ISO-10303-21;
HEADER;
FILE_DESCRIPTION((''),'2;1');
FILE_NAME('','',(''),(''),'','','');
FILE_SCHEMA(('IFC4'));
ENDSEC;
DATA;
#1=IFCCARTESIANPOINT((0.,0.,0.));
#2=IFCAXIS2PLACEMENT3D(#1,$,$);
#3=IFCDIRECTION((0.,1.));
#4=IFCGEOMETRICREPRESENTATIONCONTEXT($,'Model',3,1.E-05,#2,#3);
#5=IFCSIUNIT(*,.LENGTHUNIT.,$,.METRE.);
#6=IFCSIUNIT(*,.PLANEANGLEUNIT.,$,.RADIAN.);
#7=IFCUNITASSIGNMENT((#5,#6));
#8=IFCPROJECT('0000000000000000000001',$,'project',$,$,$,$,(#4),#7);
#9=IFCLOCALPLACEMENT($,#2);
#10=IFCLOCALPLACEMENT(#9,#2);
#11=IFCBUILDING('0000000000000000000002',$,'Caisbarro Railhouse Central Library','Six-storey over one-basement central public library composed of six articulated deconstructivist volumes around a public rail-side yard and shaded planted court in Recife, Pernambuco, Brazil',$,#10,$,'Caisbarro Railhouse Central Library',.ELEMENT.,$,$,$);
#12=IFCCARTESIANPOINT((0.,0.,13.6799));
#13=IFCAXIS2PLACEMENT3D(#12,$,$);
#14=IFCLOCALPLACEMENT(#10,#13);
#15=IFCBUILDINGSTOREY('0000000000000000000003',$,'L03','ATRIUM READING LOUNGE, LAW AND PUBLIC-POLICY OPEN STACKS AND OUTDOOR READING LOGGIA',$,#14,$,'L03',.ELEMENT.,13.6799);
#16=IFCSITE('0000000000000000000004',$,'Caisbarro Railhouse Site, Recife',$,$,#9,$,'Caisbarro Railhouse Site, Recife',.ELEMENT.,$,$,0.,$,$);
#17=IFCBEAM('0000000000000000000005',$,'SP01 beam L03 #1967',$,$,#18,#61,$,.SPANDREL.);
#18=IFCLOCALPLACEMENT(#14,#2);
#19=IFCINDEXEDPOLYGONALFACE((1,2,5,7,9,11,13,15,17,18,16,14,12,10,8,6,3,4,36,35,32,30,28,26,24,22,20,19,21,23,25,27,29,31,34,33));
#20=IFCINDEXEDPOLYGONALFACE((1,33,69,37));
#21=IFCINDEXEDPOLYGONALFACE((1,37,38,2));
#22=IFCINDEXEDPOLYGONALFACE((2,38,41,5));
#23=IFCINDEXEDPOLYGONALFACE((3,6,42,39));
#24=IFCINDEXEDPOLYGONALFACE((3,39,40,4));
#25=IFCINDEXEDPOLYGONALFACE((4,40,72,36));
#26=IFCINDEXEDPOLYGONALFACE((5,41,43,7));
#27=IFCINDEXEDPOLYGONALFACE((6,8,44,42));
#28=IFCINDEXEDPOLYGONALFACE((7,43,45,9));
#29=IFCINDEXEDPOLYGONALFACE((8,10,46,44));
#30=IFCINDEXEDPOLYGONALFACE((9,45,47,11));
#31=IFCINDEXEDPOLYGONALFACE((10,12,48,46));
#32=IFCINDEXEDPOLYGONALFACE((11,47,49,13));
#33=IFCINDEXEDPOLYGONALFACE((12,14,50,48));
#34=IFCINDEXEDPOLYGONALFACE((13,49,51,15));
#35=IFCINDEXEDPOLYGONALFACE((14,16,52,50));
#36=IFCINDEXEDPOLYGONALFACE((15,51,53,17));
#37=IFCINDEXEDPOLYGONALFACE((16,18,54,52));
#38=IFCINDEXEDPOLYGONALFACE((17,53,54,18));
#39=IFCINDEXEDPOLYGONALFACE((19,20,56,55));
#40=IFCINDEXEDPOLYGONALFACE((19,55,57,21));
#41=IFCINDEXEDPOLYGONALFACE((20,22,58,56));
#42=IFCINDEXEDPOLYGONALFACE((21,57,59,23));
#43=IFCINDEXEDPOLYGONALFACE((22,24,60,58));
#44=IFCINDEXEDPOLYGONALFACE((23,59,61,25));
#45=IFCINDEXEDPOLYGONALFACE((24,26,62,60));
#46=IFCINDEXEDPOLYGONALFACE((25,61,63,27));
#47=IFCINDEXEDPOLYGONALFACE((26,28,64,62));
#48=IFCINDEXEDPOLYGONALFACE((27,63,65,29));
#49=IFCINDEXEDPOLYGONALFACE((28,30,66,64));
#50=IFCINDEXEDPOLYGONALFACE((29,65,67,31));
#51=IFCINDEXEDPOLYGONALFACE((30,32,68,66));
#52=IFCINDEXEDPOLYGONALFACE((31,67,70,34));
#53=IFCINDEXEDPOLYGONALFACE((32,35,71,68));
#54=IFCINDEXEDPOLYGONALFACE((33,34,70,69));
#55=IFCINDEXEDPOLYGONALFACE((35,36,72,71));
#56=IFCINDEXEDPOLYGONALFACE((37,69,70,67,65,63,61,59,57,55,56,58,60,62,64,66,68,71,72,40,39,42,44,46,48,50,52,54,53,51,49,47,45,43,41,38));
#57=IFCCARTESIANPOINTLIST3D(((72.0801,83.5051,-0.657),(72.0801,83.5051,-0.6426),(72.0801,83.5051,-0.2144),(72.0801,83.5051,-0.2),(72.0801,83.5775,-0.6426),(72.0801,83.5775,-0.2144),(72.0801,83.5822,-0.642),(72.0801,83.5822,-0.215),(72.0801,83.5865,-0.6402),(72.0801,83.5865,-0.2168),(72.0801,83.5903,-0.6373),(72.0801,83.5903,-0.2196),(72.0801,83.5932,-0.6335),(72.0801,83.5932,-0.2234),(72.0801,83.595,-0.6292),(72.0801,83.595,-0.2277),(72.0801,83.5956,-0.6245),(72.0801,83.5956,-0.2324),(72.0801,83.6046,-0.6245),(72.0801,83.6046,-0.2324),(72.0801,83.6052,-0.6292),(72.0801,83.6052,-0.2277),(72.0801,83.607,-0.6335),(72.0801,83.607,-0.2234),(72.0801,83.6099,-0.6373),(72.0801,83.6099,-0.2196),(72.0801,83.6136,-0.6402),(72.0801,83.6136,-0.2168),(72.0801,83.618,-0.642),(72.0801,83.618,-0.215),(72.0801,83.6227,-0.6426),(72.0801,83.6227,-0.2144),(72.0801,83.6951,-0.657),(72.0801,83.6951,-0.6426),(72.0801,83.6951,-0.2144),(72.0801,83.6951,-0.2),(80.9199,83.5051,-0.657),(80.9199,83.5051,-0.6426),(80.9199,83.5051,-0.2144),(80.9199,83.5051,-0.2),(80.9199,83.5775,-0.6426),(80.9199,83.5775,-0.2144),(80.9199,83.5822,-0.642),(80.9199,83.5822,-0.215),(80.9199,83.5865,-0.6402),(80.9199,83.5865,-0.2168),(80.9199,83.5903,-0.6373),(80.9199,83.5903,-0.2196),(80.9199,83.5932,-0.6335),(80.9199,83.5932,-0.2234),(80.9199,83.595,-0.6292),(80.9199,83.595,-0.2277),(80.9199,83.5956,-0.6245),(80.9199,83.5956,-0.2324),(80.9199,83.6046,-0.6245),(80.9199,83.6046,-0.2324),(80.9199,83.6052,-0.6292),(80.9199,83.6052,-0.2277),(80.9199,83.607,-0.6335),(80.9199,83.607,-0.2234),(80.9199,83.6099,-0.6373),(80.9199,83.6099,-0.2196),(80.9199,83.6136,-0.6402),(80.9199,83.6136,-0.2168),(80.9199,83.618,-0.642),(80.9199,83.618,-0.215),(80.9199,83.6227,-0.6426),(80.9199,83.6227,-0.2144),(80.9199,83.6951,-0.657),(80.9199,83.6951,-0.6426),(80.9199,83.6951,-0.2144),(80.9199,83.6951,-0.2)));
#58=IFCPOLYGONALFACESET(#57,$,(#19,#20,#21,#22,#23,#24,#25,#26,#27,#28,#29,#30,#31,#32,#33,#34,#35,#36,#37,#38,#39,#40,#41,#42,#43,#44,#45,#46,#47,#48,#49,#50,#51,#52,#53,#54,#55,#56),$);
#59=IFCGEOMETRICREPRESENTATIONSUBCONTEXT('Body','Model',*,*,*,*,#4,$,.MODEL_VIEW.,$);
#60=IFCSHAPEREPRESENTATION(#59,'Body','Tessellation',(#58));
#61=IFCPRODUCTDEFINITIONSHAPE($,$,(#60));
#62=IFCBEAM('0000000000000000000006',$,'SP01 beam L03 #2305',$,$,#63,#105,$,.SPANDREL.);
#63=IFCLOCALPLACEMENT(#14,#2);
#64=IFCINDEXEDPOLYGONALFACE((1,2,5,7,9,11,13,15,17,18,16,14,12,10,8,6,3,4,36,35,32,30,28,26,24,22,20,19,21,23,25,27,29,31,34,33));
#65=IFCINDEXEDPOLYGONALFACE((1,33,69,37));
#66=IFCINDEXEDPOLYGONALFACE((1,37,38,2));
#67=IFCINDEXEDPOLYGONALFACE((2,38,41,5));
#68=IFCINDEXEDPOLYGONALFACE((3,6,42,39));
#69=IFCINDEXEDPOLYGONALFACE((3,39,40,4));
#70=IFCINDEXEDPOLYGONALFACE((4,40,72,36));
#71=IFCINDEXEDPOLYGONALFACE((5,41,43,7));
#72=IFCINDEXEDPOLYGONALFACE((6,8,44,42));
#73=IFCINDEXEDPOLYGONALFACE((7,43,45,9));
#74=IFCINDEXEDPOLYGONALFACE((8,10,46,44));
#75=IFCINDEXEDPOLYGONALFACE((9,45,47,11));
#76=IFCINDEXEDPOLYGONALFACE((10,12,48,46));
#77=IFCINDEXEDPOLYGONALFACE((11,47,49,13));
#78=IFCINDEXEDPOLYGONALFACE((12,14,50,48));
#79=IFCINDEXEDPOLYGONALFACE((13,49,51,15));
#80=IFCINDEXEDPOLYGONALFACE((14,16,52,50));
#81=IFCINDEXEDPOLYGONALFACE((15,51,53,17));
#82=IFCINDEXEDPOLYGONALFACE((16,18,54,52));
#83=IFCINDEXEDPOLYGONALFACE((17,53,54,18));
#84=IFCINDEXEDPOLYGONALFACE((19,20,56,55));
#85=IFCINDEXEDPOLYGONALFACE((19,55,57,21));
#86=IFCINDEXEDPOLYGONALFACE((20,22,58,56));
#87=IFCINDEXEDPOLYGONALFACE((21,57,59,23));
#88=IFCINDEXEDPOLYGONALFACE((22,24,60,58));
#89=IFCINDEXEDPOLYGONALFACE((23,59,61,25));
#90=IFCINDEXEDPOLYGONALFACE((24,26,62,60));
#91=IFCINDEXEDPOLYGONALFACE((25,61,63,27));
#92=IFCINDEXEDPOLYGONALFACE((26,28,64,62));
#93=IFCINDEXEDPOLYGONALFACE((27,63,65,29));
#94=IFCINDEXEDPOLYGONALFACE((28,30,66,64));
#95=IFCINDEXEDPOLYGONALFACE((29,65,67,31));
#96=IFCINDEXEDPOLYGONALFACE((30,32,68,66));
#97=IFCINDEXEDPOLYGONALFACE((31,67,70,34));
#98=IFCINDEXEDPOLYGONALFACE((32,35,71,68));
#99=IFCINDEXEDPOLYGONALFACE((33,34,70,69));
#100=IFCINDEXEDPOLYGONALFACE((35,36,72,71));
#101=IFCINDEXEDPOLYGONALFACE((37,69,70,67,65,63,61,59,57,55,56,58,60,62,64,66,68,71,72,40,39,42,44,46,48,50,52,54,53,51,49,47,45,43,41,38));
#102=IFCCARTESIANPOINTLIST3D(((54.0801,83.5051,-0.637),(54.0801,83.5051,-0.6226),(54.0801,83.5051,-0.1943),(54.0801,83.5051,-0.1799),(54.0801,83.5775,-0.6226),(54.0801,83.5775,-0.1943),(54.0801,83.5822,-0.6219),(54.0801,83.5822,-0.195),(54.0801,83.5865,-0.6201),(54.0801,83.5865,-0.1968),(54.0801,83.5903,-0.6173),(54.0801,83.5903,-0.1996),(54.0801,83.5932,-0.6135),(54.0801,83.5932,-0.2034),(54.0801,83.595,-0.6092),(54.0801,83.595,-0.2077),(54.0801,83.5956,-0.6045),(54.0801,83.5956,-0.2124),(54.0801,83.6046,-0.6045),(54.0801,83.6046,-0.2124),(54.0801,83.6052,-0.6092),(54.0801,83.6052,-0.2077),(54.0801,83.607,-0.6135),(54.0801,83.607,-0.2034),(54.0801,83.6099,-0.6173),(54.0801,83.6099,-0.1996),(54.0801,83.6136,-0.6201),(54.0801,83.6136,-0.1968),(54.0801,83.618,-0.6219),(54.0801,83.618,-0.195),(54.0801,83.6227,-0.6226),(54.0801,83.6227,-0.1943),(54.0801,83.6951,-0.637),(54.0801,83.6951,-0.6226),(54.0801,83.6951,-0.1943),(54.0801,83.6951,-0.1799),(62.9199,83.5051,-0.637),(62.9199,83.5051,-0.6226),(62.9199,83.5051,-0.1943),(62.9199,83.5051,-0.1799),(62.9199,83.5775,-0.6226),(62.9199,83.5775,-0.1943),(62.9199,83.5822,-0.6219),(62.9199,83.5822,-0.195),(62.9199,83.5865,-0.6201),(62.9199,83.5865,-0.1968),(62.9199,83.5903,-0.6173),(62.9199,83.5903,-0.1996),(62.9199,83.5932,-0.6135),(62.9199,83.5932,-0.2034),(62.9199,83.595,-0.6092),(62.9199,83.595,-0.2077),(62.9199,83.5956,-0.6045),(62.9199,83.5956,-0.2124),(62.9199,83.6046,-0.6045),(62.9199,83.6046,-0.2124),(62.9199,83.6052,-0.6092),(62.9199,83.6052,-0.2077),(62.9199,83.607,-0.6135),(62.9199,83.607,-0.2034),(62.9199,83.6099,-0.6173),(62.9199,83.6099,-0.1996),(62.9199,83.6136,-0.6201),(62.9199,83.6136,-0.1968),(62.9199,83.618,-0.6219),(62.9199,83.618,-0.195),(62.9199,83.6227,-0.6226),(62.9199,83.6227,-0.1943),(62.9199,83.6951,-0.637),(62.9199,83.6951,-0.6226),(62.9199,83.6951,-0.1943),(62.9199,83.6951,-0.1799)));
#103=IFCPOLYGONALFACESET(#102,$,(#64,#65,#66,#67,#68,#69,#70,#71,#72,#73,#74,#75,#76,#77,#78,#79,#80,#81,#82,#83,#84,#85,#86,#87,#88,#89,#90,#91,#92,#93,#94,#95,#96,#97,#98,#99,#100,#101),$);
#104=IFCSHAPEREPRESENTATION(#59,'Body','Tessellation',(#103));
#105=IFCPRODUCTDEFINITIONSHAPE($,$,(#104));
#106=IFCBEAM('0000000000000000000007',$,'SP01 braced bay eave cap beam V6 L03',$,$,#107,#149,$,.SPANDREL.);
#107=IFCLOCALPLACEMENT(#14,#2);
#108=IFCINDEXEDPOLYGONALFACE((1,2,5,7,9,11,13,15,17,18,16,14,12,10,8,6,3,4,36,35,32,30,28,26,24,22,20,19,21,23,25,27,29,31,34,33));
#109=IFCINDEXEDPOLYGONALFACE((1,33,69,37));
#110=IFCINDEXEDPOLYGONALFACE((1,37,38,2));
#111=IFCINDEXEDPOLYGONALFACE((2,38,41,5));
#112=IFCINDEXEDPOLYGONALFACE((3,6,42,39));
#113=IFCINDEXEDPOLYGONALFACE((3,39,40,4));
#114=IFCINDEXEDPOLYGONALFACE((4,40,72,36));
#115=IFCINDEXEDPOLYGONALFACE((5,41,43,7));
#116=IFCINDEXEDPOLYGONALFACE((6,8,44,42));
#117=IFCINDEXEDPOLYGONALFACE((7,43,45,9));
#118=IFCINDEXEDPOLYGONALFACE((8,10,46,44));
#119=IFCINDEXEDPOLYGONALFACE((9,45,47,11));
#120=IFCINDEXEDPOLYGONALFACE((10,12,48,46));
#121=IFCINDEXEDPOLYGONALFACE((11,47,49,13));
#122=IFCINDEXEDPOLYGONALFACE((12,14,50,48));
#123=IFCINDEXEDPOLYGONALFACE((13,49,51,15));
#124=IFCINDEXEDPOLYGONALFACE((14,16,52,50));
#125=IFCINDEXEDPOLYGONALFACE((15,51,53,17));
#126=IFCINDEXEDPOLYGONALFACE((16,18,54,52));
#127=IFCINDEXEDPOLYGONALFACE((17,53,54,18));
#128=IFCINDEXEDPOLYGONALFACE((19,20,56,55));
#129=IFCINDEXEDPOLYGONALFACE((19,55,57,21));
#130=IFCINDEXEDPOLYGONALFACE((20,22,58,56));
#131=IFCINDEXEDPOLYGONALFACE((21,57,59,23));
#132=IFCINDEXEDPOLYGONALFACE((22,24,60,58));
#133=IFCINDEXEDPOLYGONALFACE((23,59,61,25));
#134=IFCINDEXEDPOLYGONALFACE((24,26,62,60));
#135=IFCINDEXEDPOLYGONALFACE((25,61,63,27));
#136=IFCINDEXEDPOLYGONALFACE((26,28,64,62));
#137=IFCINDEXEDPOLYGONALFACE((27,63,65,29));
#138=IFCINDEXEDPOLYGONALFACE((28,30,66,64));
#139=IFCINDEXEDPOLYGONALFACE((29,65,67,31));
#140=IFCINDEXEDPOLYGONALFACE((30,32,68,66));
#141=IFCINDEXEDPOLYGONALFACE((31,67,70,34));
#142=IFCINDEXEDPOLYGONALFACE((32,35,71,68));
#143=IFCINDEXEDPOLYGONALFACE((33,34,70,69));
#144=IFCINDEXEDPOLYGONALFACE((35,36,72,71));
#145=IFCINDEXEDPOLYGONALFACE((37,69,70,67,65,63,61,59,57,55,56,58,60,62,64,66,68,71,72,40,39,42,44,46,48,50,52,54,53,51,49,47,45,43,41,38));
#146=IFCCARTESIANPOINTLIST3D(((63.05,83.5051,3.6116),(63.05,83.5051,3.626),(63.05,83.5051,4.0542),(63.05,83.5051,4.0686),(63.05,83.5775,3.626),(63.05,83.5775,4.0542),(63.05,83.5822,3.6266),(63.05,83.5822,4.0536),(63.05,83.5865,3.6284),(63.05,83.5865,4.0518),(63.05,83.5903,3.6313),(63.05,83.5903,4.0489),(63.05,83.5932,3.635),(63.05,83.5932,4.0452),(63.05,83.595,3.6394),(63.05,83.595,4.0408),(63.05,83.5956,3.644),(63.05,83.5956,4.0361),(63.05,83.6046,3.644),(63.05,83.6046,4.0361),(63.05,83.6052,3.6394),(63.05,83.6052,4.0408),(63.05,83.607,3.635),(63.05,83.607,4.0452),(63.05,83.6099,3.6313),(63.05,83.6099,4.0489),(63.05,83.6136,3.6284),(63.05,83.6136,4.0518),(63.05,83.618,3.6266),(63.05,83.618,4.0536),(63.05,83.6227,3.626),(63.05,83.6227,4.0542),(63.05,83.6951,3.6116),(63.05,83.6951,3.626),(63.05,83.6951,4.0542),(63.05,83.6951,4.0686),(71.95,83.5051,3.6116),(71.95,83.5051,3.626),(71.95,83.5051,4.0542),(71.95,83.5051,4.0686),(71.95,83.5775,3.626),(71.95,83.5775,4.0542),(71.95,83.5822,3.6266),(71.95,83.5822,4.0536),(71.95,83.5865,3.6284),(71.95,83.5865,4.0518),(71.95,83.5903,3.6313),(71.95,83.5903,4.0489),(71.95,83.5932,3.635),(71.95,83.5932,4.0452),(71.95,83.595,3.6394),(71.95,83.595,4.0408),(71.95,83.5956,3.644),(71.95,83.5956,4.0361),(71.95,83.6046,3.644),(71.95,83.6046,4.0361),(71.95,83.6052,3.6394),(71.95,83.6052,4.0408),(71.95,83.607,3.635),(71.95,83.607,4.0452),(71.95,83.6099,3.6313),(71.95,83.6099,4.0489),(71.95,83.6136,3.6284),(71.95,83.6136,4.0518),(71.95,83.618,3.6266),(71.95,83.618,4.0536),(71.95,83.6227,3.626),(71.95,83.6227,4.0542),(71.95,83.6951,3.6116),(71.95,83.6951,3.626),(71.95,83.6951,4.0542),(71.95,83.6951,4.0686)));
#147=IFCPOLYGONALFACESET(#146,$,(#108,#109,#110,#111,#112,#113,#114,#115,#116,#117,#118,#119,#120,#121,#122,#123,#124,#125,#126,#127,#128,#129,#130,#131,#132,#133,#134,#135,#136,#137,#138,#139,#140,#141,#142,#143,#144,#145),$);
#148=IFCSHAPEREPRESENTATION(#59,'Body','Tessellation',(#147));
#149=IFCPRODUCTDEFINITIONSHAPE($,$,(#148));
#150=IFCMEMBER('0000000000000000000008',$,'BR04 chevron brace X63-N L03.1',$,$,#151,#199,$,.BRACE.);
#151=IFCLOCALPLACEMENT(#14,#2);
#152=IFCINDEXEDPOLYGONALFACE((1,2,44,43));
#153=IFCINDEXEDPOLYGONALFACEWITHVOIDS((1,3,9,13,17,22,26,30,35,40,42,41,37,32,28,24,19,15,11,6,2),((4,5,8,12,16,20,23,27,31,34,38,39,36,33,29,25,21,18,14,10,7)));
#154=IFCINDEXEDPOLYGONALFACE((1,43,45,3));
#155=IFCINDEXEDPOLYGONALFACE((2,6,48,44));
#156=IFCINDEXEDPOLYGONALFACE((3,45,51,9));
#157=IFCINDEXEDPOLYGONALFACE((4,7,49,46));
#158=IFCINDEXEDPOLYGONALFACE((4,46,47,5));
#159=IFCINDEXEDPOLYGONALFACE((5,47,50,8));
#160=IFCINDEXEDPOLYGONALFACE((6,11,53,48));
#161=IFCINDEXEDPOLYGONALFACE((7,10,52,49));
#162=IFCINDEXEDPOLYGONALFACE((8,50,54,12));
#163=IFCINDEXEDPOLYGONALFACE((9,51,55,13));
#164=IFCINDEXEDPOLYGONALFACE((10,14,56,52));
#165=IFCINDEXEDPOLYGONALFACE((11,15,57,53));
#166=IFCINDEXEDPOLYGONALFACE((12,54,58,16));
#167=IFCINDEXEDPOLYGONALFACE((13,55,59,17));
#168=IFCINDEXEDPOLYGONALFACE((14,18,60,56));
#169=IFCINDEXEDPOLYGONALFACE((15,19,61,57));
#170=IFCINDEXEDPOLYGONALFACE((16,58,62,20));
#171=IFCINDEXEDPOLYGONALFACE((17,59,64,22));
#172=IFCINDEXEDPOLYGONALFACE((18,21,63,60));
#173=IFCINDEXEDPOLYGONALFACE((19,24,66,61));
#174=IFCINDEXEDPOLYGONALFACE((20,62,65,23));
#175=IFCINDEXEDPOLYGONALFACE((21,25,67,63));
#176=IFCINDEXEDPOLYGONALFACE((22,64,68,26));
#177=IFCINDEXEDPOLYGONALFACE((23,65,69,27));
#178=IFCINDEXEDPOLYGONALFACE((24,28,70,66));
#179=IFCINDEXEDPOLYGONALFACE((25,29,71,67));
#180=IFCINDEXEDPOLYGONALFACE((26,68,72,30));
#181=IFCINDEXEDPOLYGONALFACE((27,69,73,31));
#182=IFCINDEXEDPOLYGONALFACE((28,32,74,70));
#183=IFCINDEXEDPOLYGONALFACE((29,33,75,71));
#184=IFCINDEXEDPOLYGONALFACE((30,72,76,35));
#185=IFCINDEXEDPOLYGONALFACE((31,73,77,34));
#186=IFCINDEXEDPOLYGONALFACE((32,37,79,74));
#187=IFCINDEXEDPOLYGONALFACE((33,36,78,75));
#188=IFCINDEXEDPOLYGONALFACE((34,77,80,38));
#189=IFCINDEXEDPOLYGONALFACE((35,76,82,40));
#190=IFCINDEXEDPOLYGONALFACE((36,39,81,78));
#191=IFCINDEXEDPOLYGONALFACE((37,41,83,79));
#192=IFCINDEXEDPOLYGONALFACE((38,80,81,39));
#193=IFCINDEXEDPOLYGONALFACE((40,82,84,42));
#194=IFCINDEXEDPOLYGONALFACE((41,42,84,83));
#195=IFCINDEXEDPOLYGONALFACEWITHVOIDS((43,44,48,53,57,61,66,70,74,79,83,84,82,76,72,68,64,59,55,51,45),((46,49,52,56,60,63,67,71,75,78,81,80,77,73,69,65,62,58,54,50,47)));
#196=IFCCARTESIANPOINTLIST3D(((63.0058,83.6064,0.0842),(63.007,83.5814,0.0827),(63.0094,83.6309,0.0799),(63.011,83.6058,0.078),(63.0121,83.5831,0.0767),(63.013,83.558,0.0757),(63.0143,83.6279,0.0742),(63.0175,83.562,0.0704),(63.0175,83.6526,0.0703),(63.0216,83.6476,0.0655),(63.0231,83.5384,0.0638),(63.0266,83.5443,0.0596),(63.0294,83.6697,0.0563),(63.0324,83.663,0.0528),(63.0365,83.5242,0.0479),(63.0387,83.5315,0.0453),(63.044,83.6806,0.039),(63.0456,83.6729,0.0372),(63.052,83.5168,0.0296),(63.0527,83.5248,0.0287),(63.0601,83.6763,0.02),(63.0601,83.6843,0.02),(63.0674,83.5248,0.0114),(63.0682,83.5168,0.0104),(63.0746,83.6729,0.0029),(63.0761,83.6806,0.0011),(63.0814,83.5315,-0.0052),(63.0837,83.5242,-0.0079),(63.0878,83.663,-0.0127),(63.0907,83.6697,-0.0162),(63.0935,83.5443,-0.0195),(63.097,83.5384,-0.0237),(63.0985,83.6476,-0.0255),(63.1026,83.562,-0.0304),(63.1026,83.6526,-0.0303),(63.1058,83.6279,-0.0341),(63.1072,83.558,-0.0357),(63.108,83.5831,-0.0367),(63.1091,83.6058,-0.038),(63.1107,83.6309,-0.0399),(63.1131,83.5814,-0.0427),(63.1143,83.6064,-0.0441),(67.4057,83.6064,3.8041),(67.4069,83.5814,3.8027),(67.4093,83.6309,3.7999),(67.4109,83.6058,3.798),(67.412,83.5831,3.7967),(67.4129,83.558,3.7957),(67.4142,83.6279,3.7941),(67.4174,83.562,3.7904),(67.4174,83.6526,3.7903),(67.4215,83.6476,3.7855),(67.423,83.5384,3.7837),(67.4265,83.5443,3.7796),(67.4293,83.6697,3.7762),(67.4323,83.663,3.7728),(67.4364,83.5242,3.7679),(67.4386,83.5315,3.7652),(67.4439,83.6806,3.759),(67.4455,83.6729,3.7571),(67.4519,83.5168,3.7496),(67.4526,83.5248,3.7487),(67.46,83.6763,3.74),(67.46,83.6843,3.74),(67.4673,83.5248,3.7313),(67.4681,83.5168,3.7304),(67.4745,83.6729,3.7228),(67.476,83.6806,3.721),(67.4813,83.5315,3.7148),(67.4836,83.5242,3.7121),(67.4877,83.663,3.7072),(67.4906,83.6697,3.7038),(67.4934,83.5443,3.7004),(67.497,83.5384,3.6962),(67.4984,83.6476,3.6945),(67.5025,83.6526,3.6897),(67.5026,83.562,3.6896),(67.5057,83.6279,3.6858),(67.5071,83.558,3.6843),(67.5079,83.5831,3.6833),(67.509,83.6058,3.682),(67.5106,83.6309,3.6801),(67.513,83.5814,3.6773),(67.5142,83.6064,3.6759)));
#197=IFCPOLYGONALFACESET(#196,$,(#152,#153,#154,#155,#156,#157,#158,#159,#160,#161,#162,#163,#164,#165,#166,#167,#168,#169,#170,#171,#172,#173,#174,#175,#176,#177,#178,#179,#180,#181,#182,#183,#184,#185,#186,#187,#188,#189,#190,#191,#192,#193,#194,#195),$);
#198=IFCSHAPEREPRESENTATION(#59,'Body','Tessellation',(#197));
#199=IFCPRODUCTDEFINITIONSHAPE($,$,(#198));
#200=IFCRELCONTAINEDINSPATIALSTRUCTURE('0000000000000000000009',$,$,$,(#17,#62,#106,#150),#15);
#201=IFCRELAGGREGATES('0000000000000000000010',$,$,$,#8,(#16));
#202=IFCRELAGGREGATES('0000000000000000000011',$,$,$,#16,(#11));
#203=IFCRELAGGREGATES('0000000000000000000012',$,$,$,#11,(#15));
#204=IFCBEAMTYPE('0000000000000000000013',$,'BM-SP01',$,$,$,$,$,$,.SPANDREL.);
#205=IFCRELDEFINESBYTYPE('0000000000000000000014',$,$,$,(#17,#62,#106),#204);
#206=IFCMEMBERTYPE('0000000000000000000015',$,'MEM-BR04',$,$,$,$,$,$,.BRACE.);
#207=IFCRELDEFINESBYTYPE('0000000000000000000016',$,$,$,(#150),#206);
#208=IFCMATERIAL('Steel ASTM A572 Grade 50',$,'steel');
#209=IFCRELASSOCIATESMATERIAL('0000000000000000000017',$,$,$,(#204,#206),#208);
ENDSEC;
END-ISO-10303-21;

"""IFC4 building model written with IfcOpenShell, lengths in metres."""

from ifc_helpers import new_model, si_unit, direction, frame, origin, origin_2d, place, context, subcontext, project, spatial, hollow_circle, i_section, extrude, material, material_profile, profile_set, type_object, element, save


model = new_model("IFC4")

# Units and contexts
model_context = context("Model", 3, precision=1e-05, world=origin(), true_north=direction((0.0, 1.0)))
body_context = subcontext(model_context, "Body", "Model", "MODEL_VIEW")
ifc_project = project(units=[si_unit("LENGTHUNIT", "METRE"), si_unit("PLANEANGLEUNIT", "RADIAN")], contexts=[model_context])

# Site, building, storey
site_placement = place(None, origin())
site = spatial("IfcSite", under=ifc_project, at=site_placement, Name="Caisbarro Railhouse Site, Recife", LongName="Caisbarro Railhouse Site, Recife", CompositionType="ELEMENT", RefElevation=0.0)
building_placement = place(site_placement, origin())
building = spatial("IfcBuilding", under=site, at=building_placement, Name="Caisbarro Railhouse Central Library", Description="Six-storey over one-basement central public library composed of six articulated deconstructivist volumes around a public rail-side yard and shaded planted court in Recife, Pernambuco, Brazil", LongName="Caisbarro Railhouse Central Library", CompositionType="ELEMENT")
storey_placement = place(building_placement, frame((0.0, 0.0, 13.6799)))
storey = spatial("IfcBuildingStorey", under=building, at=storey_placement, Name="L03", Description="ATRIUM READING LOUNGE, LAW AND PUBLIC-POLICY OPEN STACKS AND OUTDOOR READING LOGGIA", LongName="L03", CompositionType="ELEMENT", Elevation=13.6799)

# Shared definitions
ifc_material_1 = material(Name="Steel ASTM A572 Grade 50", Category="steel")

# Beams
ifc_material_profile_1 = material_profile(ifc_material_1, i_section(OverallWidth=0.1899, OverallDepth=0.457, WebThickness=0.009, FlangeThickness=0.0144, FilletRadius=0.0181, at=origin_2d()), Name="W460X74.0")
ifc_profile_set_1 = profile_set([ifc_material_profile_1], Name="Steel ASTM A572 Grade 50")
beam_type_1 = type_object("IfcBeamType", Name="BM-SP01", PredefinedType="SPANDREL", material=ifc_profile_set_1)
for number, where, z_axis, x_axis, name in (
    (1, (72.0801, 83.6001, -0.4285), (1.0, 0.0, 0.0), (0.0, 1.0, 0.0), "SP01 beam L03 #1967"),
    (2, (54.0801, 83.6001, -0.4084), (1.0, 0.0, 0.0), (0.0, 1.0, 0.0), "SP01 beam L03 #2305"),
):
    element("IfcBeam", number, at=place(storey_placement, frame(where, z_axis=z_axis, x_axis=x_axis)), inside=storey, type_object=beam_type_1, Name=name, PredefinedType="SPANDREL", context=body_context, shape_type="SweptSolid", body=[
        extrude(i_section(OverallWidth=0.1899, OverallDepth=0.457, WebThickness=0.009, FlangeThickness=0.0144, FilletRadius=0.0181, at=origin_2d()), origin(), (0.0, 0.0, 1.0), 8.8398),
    ])
beam_1_placement = place(storey_placement, frame((63.05, 83.6001, 3.8401), z_axis=(1.0, 0.0, 0.0), x_axis=(0.0, 1.0, 0.0)))
element("IfcBeam", 3, at=beam_1_placement, inside=storey, type_object=beam_type_1, Name="SP01 braced bay eave cap beam V6 L03", PredefinedType="SPANDREL", context=body_context, shape_type="SweptSolid", body=[
    extrude(i_section(OverallWidth=0.1899, OverallDepth=0.457, WebThickness=0.009, FlangeThickness=0.0144, FilletRadius=0.0181, at=origin_2d()), origin(), (0.0, 0.0, 1.0), 8.8999),
])

# Member
ifc_material_profile_2 = material_profile(ifc_material_1, hollow_circle(Radius=0.0842, WallThickness=0.0081, at=origin_2d()), Name="CHS168.3X8")
ifc_profile_set_2 = profile_set([ifc_material_profile_2], Name="Steel ASTM A572 Grade 50")
member_type = type_object("IfcMemberType", Name="MEM-BR04", PredefinedType="BRACE", material=ifc_profile_set_2)
for number, where, z_axis, x_axis, name in (
    (4, (63.0601, 83.6001, 0.02), (0.763645, 0.0, 0.645636), (0.0, 1.0, 0.0), "BR04 chevron brace X63-N L03.1"),
):
    element("IfcMember", number, at=place(storey_placement, frame(where, z_axis=z_axis, x_axis=x_axis)), inside=storey, type_object=member_type, Name=name, PredefinedType="BRACE", context=body_context, shape_type="SweptSolid", body=[
        extrude(hollow_circle(Radius=0.0842, WallThickness=0.0081, at=origin_2d()), origin(), (0.0, 0.0, 1.0), 5.7617),
    ])

save(model, "model.ifc")
